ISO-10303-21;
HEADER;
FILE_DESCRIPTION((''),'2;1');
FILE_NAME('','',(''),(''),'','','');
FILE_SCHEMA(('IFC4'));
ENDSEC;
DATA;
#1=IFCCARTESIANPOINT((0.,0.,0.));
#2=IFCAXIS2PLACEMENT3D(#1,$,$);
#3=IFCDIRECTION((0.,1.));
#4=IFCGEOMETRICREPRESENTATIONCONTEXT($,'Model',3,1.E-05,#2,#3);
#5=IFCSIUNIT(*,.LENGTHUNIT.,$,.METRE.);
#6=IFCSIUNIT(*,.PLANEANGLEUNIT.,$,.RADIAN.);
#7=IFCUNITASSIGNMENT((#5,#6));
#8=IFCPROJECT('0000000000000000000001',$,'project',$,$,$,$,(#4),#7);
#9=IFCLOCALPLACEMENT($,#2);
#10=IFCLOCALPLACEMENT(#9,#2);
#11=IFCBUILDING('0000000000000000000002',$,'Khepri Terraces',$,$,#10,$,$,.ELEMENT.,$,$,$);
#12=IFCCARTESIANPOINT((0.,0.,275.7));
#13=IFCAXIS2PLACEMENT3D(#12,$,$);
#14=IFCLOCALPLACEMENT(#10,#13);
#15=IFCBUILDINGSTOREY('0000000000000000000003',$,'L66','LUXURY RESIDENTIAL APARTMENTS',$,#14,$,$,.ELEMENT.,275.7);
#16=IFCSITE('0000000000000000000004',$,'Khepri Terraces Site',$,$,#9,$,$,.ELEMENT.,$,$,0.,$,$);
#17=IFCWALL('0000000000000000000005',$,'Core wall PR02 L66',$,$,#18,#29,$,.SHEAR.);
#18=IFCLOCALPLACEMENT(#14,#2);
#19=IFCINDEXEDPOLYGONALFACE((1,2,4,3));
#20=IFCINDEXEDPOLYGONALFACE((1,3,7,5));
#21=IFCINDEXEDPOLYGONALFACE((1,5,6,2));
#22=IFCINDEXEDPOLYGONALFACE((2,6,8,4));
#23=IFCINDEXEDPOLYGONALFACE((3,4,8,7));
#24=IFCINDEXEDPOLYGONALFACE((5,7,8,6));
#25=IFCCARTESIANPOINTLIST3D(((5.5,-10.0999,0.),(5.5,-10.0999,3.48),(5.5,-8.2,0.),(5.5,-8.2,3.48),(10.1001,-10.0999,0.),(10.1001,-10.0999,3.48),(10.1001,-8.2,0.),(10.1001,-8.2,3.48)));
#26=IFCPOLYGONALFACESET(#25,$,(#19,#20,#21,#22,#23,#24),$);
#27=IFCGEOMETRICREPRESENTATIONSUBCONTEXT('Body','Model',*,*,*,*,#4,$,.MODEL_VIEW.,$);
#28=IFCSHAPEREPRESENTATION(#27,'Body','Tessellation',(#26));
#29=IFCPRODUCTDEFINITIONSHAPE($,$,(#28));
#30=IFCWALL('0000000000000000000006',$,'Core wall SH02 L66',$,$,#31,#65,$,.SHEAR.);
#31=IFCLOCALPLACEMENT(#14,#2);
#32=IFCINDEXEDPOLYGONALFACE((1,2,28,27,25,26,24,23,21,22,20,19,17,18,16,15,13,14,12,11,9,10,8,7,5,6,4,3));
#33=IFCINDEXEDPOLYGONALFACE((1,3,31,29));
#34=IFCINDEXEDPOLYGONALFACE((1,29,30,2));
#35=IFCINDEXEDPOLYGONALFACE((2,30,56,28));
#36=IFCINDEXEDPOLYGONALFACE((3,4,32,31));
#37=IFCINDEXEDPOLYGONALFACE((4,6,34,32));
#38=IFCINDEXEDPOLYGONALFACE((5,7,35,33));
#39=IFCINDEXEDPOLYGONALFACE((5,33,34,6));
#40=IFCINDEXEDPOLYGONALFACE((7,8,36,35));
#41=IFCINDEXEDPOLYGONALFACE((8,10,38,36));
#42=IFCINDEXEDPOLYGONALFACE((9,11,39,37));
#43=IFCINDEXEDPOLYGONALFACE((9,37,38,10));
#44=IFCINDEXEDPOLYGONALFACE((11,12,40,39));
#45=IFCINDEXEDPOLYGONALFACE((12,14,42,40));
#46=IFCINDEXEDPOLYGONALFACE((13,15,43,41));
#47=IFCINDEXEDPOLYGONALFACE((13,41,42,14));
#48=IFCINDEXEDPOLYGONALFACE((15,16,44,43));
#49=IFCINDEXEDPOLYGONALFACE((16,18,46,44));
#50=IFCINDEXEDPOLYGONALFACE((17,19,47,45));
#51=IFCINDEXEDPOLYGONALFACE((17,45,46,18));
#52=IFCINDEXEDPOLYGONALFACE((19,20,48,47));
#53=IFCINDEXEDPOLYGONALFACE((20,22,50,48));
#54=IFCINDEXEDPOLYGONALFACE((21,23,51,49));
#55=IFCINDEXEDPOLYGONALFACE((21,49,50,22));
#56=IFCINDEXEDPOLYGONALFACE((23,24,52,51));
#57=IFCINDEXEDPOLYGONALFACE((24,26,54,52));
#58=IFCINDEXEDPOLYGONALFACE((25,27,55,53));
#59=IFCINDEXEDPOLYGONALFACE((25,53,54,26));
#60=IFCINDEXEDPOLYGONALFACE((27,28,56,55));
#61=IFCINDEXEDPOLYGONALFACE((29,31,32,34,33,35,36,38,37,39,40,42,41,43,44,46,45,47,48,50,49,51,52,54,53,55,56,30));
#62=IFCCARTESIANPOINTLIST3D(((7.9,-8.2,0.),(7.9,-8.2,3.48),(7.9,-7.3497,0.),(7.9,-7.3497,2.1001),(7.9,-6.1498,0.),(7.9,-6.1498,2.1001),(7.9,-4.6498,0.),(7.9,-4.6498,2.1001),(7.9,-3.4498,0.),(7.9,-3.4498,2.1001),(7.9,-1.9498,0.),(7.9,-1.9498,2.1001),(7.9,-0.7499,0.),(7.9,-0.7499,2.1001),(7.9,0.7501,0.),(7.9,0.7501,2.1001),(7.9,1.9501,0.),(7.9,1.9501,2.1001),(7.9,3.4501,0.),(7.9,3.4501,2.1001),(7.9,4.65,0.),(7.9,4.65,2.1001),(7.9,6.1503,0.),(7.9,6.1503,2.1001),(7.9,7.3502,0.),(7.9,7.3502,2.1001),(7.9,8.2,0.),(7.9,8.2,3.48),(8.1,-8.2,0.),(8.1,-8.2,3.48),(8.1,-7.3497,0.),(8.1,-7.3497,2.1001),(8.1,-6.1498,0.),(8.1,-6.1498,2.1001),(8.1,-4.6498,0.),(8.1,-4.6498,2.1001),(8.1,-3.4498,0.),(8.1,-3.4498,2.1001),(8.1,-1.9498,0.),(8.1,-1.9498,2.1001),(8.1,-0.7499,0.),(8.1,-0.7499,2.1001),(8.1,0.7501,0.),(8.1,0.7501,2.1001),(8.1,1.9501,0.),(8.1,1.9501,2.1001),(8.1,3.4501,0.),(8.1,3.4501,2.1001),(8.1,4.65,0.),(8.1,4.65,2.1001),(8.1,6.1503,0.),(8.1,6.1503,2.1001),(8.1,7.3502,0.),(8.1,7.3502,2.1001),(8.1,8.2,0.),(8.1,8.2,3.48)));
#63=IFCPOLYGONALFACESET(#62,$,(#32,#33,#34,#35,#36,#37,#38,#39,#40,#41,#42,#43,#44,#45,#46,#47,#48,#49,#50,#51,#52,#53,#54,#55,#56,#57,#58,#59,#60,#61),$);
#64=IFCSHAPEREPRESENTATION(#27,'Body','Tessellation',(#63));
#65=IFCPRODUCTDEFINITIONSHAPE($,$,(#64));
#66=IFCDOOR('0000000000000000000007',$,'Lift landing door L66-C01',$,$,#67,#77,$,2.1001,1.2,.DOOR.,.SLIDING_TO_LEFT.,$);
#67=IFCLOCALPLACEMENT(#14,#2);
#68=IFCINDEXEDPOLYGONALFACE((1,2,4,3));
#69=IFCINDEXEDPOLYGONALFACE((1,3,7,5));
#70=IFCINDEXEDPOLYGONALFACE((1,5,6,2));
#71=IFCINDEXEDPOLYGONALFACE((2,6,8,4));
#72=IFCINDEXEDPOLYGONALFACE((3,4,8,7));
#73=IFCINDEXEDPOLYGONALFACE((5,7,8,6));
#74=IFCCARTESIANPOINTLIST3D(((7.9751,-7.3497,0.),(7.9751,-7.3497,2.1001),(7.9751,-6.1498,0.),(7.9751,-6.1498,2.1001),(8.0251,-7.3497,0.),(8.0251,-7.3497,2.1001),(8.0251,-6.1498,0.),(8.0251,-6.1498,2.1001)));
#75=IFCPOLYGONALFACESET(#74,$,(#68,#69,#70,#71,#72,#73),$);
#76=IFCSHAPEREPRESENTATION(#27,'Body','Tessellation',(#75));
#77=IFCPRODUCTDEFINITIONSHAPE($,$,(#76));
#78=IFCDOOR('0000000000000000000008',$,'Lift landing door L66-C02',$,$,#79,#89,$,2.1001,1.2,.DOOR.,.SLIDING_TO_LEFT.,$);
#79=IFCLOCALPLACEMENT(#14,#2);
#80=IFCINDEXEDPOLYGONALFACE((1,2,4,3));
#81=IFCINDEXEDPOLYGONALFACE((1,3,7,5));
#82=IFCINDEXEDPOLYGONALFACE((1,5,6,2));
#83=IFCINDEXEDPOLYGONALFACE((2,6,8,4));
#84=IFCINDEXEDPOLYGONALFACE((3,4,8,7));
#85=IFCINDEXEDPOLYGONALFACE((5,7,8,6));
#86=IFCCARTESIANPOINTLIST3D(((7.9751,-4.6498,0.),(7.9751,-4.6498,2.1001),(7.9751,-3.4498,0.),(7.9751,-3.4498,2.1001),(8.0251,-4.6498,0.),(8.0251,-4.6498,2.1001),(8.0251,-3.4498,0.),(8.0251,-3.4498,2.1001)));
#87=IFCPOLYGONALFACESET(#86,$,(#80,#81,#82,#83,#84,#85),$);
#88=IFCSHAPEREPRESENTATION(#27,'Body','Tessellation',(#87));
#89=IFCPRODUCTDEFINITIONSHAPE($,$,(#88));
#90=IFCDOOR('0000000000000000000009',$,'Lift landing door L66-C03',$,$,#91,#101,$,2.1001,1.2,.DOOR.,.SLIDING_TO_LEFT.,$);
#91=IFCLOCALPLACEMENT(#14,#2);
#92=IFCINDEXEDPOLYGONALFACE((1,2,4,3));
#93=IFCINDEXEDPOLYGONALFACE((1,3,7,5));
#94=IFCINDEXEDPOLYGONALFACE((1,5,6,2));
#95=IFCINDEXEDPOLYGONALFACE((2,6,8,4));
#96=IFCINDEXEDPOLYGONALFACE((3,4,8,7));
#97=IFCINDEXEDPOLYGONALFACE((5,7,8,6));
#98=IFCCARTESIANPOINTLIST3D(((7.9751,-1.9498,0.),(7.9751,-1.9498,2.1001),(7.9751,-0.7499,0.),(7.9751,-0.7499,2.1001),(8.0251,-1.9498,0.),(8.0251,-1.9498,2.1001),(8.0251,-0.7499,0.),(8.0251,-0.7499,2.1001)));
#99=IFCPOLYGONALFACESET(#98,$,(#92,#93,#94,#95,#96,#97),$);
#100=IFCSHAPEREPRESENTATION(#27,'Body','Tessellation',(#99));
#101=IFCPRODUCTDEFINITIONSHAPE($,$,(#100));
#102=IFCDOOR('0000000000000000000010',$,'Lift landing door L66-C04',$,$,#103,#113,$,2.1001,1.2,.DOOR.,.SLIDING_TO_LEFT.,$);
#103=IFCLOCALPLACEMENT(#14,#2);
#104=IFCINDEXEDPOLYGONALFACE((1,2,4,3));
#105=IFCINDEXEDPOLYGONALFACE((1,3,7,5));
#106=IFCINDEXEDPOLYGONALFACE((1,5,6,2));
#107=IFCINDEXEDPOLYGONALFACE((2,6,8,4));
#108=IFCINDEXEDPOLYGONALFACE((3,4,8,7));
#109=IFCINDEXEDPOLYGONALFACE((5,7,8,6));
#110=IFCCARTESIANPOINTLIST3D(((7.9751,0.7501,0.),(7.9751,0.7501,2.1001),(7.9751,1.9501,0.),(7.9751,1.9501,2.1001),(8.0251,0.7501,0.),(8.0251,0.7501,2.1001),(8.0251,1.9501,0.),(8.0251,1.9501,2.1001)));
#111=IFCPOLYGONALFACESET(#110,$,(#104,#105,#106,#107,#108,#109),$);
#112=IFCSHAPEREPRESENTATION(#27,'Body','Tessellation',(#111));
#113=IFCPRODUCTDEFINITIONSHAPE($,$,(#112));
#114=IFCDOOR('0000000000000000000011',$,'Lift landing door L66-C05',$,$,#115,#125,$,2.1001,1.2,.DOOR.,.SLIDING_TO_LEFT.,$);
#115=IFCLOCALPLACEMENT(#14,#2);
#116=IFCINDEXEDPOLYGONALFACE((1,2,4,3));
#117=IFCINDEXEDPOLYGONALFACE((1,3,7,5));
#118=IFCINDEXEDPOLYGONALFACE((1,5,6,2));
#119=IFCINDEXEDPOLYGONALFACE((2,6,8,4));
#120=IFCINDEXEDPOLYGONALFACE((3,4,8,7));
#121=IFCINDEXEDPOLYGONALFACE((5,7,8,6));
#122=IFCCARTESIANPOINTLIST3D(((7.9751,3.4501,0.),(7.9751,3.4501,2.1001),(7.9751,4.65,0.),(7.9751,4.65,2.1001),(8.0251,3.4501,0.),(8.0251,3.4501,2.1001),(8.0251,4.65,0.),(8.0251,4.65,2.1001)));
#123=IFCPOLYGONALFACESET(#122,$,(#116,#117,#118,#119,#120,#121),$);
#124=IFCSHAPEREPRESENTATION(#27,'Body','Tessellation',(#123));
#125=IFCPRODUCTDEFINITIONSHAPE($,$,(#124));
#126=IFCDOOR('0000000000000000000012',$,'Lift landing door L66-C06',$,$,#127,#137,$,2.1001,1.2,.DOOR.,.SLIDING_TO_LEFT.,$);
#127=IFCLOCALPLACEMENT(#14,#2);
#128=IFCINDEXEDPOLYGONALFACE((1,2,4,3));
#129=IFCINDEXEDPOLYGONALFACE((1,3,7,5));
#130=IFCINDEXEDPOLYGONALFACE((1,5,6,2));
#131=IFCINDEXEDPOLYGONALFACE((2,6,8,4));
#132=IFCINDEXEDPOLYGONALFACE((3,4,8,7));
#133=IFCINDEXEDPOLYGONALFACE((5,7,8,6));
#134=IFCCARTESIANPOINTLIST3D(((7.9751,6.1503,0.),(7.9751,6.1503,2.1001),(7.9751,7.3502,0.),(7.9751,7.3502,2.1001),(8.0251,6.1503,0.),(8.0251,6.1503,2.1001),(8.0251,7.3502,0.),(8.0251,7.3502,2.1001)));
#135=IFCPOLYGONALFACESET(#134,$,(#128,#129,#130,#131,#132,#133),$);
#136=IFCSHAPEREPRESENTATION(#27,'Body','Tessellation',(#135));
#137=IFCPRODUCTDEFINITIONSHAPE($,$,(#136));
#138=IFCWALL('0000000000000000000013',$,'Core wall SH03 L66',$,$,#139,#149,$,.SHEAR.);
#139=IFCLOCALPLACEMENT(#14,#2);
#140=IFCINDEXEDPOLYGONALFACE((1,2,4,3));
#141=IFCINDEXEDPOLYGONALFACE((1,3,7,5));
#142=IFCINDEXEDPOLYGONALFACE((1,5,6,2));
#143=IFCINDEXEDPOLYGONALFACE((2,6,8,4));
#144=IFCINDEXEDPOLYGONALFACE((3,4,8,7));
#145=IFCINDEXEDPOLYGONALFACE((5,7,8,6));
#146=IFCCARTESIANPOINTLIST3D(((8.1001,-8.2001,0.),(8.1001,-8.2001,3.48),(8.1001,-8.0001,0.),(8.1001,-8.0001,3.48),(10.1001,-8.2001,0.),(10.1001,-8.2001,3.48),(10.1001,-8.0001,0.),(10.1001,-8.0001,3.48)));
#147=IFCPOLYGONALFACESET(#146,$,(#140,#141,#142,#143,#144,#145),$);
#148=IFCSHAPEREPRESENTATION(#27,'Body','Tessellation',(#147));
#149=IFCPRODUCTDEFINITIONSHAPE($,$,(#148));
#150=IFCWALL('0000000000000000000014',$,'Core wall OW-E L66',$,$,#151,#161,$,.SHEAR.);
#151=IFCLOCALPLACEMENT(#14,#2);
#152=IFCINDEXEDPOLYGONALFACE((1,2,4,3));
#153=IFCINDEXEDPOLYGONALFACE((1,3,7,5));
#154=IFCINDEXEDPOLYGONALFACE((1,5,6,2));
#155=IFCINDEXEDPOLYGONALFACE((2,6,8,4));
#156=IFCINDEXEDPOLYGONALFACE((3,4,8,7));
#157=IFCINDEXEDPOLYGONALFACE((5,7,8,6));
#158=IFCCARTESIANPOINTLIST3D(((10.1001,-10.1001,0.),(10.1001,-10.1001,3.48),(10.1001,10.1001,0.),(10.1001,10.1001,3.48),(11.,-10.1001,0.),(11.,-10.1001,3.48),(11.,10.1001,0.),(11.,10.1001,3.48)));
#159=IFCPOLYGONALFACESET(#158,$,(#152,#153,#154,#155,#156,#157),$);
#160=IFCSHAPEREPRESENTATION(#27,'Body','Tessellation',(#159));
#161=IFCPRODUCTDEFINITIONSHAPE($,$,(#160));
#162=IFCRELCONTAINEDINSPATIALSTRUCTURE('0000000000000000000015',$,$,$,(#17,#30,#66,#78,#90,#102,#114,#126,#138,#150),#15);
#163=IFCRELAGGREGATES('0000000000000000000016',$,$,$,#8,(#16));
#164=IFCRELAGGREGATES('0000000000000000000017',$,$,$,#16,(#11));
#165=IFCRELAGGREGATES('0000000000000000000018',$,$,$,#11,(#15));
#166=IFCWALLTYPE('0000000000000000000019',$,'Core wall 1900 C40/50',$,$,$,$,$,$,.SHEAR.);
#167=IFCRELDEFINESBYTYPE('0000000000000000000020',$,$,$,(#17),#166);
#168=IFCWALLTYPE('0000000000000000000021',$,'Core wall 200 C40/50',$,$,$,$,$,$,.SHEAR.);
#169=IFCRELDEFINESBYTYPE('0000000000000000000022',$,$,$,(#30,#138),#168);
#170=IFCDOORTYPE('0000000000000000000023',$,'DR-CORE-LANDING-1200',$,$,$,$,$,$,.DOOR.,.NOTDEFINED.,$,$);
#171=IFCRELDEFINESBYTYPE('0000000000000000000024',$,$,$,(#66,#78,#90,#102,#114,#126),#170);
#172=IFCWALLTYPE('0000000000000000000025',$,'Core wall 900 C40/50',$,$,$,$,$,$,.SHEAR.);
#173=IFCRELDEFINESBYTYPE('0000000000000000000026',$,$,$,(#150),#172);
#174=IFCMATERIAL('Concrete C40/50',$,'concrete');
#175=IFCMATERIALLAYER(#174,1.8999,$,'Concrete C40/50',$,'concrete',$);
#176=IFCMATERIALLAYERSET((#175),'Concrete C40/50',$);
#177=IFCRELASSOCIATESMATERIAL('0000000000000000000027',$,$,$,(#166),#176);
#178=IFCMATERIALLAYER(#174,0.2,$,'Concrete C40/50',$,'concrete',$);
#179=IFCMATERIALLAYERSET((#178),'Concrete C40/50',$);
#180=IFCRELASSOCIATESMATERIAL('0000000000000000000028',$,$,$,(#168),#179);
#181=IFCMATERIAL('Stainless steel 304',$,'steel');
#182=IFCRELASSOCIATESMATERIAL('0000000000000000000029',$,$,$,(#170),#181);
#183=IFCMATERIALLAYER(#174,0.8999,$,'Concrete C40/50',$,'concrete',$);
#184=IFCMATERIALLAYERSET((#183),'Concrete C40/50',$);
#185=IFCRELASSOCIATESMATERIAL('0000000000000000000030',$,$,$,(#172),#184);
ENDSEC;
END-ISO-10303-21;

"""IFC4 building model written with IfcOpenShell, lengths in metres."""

from ifc_helpers import new_model, si_unit, direction, frame, frame_2d, origin, place, context, subcontext, project, spatial, rectangle, extrude, material, layer, layer_set, type_object, element, fill, save


model = new_model("IFC4")

# Units and contexts
model_context = context("Model", 3, precision=1e-05, world=origin(), true_north=direction((0.0, 1.0)))
body_context = subcontext(model_context, "Body", "Model", "MODEL_VIEW")
ifc_project = project(units=[si_unit("LENGTHUNIT", "METRE"), si_unit("PLANEANGLEUNIT", "RADIAN")], contexts=[model_context])

# Site, building, storey
site_placement = place(None, origin())
site = spatial("IfcSite", under=ifc_project, at=site_placement, Name="Khepri Terraces Site", CompositionType="ELEMENT", RefElevation=0.0)
building_placement = place(site_placement, origin())
building = spatial("IfcBuilding", under=site, at=building_placement, Name="Khepri Terraces", CompositionType="ELEMENT")
storey_placement = place(building_placement, frame((0.0, 0.0, 275.7)))
storey = spatial("IfcBuildingStorey", under=building, at=storey_placement, Name="L66", Description="LUXURY RESIDENTIAL APARTMENTS", CompositionType="ELEMENT", Elevation=275.7)

# Wall
ifc_material_1 = material(Name="Concrete C40/50", Category="concrete")
ifc_layer_1 = layer(ifc_material_1, 1.8999, Name="Concrete C40/50", Category="concrete")
ifc_layer_set_1 = layer_set([ifc_layer_1], Name="Concrete C40/50")
wall_type_1 = type_object("IfcWallType", Name="Core wall 1900 C40/50", PredefinedType="SHEAR", material=ifc_layer_set_1)
wall_1_placement = place(storey_placement, frame((5.5, -9.1499, 0.0), z_axis=(0.0, 0.0, 1.0), x_axis=(1.0, 0.0, 0.0)))
element("IfcWall", 1, at=wall_1_placement, inside=storey, type_object=wall_type_1, Name="Core wall PR02 L66", PredefinedType="SHEAR", context=body_context, shape_type="SweptSolid", body=[
    extrude(rectangle(XDim=4.6001, YDim=1.8999, at=frame_2d((2.3, 0.0))), origin(), (0.0, 0.0, 1.0), 3.48),
])

# Wall, openings, doors
ifc_layer_2 = layer(ifc_material_1, 0.2, Name="Concrete C40/50", Category="concrete")
ifc_layer_set_2 = layer_set([ifc_layer_2], Name="Concrete C40/50")
wall_type_2 = type_object("IfcWallType", Name="Core wall 200 C40/50", PredefinedType="SHEAR", material=ifc_layer_set_2)
wall_2_placement = place(storey_placement, frame((8.0, -8.2, 0.0), z_axis=(0.0, 0.0, 1.0), x_axis=(0.0, 1.0, 0.0)))
wall_2 = element("IfcWall", 2, at=wall_2_placement, inside=storey, type_object=wall_type_2, Name="Core wall SH02 L66", PredefinedType="SHEAR", context=body_context, shape_type="SweptSolid", body=[
    extrude(rectangle(XDim=16.3999, YDim=0.2, at=frame_2d((8.2, 0.0))), origin(), (0.0, 0.0, 1.0), 3.48),
])
opening_1_placement = place(wall_2_placement, frame((0.8501, 0.0, 0.0)))
opening_1 = element("IfcOpeningElement", 3, at=opening_1_placement, cuts=wall_2, PredefinedType="OPENING", context=body_context, shape_type="SweptSolid", body=[
    extrude(rectangle(XDim=1.2, YDim=2.1001, at=frame_2d((0.6001, 1.05))), frame((0.0, 0.1099, 0.0), z_axis=(0.0, -1.0, 0.0), x_axis=(1.0, 0.0, 0.0)), (0.0, 0.0, 1.0), 0.22),
])
opening_2_placement = place(wall_2_placement, frame((3.55, 0.0, 0.0)))
opening_2 = element("IfcOpeningElement", 4, at=opening_2_placement, cuts=wall_2, PredefinedType="OPENING", context=body_context, shape_type="SweptSolid", body=[
    extrude(rectangle(XDim=1.2, YDim=2.1001, at=frame_2d((0.6001, 1.05))), frame((0.0, 0.1099, 0.0), z_axis=(0.0, -1.0, 0.0), x_axis=(1.0, 0.0, 0.0)), (0.0, 0.0, 1.0), 0.22),
])
opening_3_placement = place(wall_2_placement, frame((6.25, 0.0, 0.0)))
opening_3 = element("IfcOpeningElement", 5, at=opening_3_placement, cuts=wall_2, PredefinedType="OPENING", context=body_context, shape_type="SweptSolid", body=[
    extrude(rectangle(XDim=1.2, YDim=2.1001, at=frame_2d((0.6001, 1.05))), frame((0.0, 0.1099, 0.0), z_axis=(0.0, -1.0, 0.0), x_axis=(1.0, 0.0, 0.0)), (0.0, 0.0, 1.0), 0.22),
])
opening_4_placement = place(wall_2_placement, frame((8.95, 0.0, 0.0)))
opening_4 = element("IfcOpeningElement", 6, at=opening_4_placement, cuts=wall_2, PredefinedType="OPENING", context=body_context, shape_type="SweptSolid", body=[
    extrude(rectangle(XDim=1.2, YDim=2.1001, at=frame_2d((0.6001, 1.05))), frame((0.0, 0.1099, 0.0), z_axis=(0.0, -1.0, 0.0), x_axis=(1.0, 0.0, 0.0)), (0.0, 0.0, 1.0), 0.22),
])
opening_5_placement = place(wall_2_placement, frame((11.6499, 0.0, 0.0)))
opening_5 = element("IfcOpeningElement", 7, at=opening_5_placement, cuts=wall_2, PredefinedType="OPENING", context=body_context, shape_type="SweptSolid", body=[
    extrude(rectangle(XDim=1.2, YDim=2.1001, at=frame_2d((0.6001, 1.05))), frame((0.0, 0.1099, 0.0), z_axis=(0.0, -1.0, 0.0), x_axis=(1.0, 0.0, 0.0)), (0.0, 0.0, 1.0), 0.22),
])
opening_6_placement = place(wall_2_placement, frame((14.3501, 0.0, 0.0)))
opening_6 = element("IfcOpeningElement", 8, at=opening_6_placement, cuts=wall_2, PredefinedType="OPENING", context=body_context, shape_type="SweptSolid", body=[
    extrude(rectangle(XDim=1.2, YDim=2.1001, at=frame_2d((0.6001, 1.05))), frame((0.0, 0.1099, 0.0), z_axis=(0.0, -1.0, 0.0), x_axis=(1.0, 0.0, 0.0)), (0.0, 0.0, 1.0), 0.22),
])
ifc_material_2 = material(Name="Stainless steel 304", Category="steel")
door_type_1 = type_object("IfcDoorType", Name="DR-CORE-LANDING-1200", OperationType="NOTDEFINED", PredefinedType="DOOR", material=ifc_material_2)
door_1_placement = place(opening_1_placement, origin())
door_1 = element("IfcDoor", 9, at=door_1_placement, inside=storey, type_object=door_type_1, Name="Lift landing door L66-C01", OperationType="SLIDING_TO_LEFT", OverallHeight=2.1001, OverallWidth=1.2, PredefinedType="DOOR", context=body_context, shape_type="SweptSolid", body=[
    extrude(rectangle(XDim=1.2, YDim=2.1001, at=frame_2d((0.6001, 1.05))), frame((0.0, 0.0249, 0.0), z_axis=(0.0, -1.0, 0.0), x_axis=(1.0, 0.0, 0.0)), (0.0, 0.0, 1.0), 0.05),
])
fill(opening_1, door_1)
door_2_placement = place(opening_2_placement, origin())
door_2 = element("IfcDoor", 10, at=door_2_placement, inside=storey, type_object=door_type_1, Name="Lift landing door L66-C02", OperationType="SLIDING_TO_LEFT", OverallHeight=2.1001, OverallWidth=1.2, PredefinedType="DOOR", context=body_context, shape_type="SweptSolid", body=[
    extrude(rectangle(XDim=1.2, YDim=2.1001, at=frame_2d((0.6001, 1.05))), frame((0.0, 0.0249, 0.0), z_axis=(0.0, -1.0, 0.0), x_axis=(1.0, 0.0, 0.0)), (0.0, 0.0, 1.0), 0.05),
])
fill(opening_2, door_2)
door_3_placement = place(opening_3_placement, origin())
door_3 = element("IfcDoor", 11, at=door_3_placement, inside=storey, type_object=door_type_1, Name="Lift landing door L66-C03", OperationType="SLIDING_TO_LEFT", OverallHeight=2.1001, OverallWidth=1.2, PredefinedType="DOOR", context=body_context, shape_type="SweptSolid", body=[
    extrude(rectangle(XDim=1.2, YDim=2.1001, at=frame_2d((0.6001, 1.05))), frame((0.0, 0.0249, 0.0), z_axis=(0.0, -1.0, 0.0), x_axis=(1.0, 0.0, 0.0)), (0.0, 0.0, 1.0), 0.05),
])
fill(opening_3, door_3)
door_4_placement = place(opening_4_placement, origin())
door_4 = element("IfcDoor", 12, at=door_4_placement, inside=storey, type_object=door_type_1, Name="Lift landing door L66-C04", OperationType="SLIDING_TO_LEFT", OverallHeight=2.1001, OverallWidth=1.2, PredefinedType="DOOR", context=body_context, shape_type="SweptSolid", body=[
    extrude(rectangle(XDim=1.2, YDim=2.1001, at=frame_2d((0.6001, 1.05))), frame((0.0, 0.0249, 0.0), z_axis=(0.0, -1.0, 0.0), x_axis=(1.0, 0.0, 0.0)), (0.0, 0.0, 1.0), 0.05),
])
fill(opening_4, door_4)
door_5_placement = place(opening_5_placement, origin())
door_5 = element("IfcDoor", 13, at=door_5_placement, inside=storey, type_object=door_type_1, Name="Lift landing door L66-C05", OperationType="SLIDING_TO_LEFT", OverallHeight=2.1001, OverallWidth=1.2, PredefinedType="DOOR", context=body_context, shape_type="SweptSolid", body=[
    extrude(rectangle(XDim=1.2, YDim=2.1001, at=frame_2d((0.6001, 1.05))), frame((0.0, 0.0249, 0.0), z_axis=(0.0, -1.0, 0.0), x_axis=(1.0, 0.0, 0.0)), (0.0, 0.0, 1.0), 0.05),
])
fill(opening_5, door_5)
door_6_placement = place(opening_6_placement, origin())
door_6 = element("IfcDoor", 14, at=door_6_placement, inside=storey, type_object=door_type_1, Name="Lift landing door L66-C06", OperationType="SLIDING_TO_LEFT", OverallHeight=2.1001, OverallWidth=1.2, PredefinedType="DOOR", context=body_context, shape_type="SweptSolid", body=[
    extrude(rectangle(XDim=1.2, YDim=2.1001, at=frame_2d((0.6001, 1.05))), frame((0.0, 0.0249, 0.0), z_axis=(0.0, -1.0, 0.0), x_axis=(1.0, 0.0, 0.0)), (0.0, 0.0, 1.0), 0.05),
])
fill(opening_6, door_6)

# Walls
wall_3_placement = place(storey_placement, frame((8.1001, -8.1001, 0.0), z_axis=(0.0, 0.0, 1.0), x_axis=(1.0, 0.0, 0.0)))
element("IfcWall", 15, at=wall_3_placement, inside=storey, type_object=wall_type_2, Name="Core wall SH03 L66", PredefinedType="SHEAR", context=body_context, shape_type="SweptSolid", body=[
    extrude(rectangle(XDim=2.0, YDim=0.2, at=frame_2d((1.0, 0.0))), origin(), (0.0, 0.0, 1.0), 3.48),
])
ifc_layer_3 = layer(ifc_material_1, 0.8999, Name="Concrete C40/50", Category="concrete")
ifc_layer_set_3 = layer_set([ifc_layer_3], Name="Concrete C40/50")
wall_type_3 = type_object("IfcWallType", Name="Core wall 900 C40/50", PredefinedType="SHEAR", material=ifc_layer_set_3)
wall_4_placement = place(storey_placement, frame((10.55, -10.1001, 0.0), z_axis=(0.0, 0.0, 1.0), x_axis=(0.0, 1.0, 0.0)))
element("IfcWall", 16, at=wall_4_placement, inside=storey, type_object=wall_type_3, Name="Core wall OW-E L66", PredefinedType="SHEAR", context=body_context, shape_type="SweptSolid", body=[
    extrude(rectangle(XDim=20.2002, YDim=0.8999, at=frame_2d((10.1001, 0.0))), origin(), (0.0, 0.0, 1.0), 3.48),
])

save(model, "model.ifc")
